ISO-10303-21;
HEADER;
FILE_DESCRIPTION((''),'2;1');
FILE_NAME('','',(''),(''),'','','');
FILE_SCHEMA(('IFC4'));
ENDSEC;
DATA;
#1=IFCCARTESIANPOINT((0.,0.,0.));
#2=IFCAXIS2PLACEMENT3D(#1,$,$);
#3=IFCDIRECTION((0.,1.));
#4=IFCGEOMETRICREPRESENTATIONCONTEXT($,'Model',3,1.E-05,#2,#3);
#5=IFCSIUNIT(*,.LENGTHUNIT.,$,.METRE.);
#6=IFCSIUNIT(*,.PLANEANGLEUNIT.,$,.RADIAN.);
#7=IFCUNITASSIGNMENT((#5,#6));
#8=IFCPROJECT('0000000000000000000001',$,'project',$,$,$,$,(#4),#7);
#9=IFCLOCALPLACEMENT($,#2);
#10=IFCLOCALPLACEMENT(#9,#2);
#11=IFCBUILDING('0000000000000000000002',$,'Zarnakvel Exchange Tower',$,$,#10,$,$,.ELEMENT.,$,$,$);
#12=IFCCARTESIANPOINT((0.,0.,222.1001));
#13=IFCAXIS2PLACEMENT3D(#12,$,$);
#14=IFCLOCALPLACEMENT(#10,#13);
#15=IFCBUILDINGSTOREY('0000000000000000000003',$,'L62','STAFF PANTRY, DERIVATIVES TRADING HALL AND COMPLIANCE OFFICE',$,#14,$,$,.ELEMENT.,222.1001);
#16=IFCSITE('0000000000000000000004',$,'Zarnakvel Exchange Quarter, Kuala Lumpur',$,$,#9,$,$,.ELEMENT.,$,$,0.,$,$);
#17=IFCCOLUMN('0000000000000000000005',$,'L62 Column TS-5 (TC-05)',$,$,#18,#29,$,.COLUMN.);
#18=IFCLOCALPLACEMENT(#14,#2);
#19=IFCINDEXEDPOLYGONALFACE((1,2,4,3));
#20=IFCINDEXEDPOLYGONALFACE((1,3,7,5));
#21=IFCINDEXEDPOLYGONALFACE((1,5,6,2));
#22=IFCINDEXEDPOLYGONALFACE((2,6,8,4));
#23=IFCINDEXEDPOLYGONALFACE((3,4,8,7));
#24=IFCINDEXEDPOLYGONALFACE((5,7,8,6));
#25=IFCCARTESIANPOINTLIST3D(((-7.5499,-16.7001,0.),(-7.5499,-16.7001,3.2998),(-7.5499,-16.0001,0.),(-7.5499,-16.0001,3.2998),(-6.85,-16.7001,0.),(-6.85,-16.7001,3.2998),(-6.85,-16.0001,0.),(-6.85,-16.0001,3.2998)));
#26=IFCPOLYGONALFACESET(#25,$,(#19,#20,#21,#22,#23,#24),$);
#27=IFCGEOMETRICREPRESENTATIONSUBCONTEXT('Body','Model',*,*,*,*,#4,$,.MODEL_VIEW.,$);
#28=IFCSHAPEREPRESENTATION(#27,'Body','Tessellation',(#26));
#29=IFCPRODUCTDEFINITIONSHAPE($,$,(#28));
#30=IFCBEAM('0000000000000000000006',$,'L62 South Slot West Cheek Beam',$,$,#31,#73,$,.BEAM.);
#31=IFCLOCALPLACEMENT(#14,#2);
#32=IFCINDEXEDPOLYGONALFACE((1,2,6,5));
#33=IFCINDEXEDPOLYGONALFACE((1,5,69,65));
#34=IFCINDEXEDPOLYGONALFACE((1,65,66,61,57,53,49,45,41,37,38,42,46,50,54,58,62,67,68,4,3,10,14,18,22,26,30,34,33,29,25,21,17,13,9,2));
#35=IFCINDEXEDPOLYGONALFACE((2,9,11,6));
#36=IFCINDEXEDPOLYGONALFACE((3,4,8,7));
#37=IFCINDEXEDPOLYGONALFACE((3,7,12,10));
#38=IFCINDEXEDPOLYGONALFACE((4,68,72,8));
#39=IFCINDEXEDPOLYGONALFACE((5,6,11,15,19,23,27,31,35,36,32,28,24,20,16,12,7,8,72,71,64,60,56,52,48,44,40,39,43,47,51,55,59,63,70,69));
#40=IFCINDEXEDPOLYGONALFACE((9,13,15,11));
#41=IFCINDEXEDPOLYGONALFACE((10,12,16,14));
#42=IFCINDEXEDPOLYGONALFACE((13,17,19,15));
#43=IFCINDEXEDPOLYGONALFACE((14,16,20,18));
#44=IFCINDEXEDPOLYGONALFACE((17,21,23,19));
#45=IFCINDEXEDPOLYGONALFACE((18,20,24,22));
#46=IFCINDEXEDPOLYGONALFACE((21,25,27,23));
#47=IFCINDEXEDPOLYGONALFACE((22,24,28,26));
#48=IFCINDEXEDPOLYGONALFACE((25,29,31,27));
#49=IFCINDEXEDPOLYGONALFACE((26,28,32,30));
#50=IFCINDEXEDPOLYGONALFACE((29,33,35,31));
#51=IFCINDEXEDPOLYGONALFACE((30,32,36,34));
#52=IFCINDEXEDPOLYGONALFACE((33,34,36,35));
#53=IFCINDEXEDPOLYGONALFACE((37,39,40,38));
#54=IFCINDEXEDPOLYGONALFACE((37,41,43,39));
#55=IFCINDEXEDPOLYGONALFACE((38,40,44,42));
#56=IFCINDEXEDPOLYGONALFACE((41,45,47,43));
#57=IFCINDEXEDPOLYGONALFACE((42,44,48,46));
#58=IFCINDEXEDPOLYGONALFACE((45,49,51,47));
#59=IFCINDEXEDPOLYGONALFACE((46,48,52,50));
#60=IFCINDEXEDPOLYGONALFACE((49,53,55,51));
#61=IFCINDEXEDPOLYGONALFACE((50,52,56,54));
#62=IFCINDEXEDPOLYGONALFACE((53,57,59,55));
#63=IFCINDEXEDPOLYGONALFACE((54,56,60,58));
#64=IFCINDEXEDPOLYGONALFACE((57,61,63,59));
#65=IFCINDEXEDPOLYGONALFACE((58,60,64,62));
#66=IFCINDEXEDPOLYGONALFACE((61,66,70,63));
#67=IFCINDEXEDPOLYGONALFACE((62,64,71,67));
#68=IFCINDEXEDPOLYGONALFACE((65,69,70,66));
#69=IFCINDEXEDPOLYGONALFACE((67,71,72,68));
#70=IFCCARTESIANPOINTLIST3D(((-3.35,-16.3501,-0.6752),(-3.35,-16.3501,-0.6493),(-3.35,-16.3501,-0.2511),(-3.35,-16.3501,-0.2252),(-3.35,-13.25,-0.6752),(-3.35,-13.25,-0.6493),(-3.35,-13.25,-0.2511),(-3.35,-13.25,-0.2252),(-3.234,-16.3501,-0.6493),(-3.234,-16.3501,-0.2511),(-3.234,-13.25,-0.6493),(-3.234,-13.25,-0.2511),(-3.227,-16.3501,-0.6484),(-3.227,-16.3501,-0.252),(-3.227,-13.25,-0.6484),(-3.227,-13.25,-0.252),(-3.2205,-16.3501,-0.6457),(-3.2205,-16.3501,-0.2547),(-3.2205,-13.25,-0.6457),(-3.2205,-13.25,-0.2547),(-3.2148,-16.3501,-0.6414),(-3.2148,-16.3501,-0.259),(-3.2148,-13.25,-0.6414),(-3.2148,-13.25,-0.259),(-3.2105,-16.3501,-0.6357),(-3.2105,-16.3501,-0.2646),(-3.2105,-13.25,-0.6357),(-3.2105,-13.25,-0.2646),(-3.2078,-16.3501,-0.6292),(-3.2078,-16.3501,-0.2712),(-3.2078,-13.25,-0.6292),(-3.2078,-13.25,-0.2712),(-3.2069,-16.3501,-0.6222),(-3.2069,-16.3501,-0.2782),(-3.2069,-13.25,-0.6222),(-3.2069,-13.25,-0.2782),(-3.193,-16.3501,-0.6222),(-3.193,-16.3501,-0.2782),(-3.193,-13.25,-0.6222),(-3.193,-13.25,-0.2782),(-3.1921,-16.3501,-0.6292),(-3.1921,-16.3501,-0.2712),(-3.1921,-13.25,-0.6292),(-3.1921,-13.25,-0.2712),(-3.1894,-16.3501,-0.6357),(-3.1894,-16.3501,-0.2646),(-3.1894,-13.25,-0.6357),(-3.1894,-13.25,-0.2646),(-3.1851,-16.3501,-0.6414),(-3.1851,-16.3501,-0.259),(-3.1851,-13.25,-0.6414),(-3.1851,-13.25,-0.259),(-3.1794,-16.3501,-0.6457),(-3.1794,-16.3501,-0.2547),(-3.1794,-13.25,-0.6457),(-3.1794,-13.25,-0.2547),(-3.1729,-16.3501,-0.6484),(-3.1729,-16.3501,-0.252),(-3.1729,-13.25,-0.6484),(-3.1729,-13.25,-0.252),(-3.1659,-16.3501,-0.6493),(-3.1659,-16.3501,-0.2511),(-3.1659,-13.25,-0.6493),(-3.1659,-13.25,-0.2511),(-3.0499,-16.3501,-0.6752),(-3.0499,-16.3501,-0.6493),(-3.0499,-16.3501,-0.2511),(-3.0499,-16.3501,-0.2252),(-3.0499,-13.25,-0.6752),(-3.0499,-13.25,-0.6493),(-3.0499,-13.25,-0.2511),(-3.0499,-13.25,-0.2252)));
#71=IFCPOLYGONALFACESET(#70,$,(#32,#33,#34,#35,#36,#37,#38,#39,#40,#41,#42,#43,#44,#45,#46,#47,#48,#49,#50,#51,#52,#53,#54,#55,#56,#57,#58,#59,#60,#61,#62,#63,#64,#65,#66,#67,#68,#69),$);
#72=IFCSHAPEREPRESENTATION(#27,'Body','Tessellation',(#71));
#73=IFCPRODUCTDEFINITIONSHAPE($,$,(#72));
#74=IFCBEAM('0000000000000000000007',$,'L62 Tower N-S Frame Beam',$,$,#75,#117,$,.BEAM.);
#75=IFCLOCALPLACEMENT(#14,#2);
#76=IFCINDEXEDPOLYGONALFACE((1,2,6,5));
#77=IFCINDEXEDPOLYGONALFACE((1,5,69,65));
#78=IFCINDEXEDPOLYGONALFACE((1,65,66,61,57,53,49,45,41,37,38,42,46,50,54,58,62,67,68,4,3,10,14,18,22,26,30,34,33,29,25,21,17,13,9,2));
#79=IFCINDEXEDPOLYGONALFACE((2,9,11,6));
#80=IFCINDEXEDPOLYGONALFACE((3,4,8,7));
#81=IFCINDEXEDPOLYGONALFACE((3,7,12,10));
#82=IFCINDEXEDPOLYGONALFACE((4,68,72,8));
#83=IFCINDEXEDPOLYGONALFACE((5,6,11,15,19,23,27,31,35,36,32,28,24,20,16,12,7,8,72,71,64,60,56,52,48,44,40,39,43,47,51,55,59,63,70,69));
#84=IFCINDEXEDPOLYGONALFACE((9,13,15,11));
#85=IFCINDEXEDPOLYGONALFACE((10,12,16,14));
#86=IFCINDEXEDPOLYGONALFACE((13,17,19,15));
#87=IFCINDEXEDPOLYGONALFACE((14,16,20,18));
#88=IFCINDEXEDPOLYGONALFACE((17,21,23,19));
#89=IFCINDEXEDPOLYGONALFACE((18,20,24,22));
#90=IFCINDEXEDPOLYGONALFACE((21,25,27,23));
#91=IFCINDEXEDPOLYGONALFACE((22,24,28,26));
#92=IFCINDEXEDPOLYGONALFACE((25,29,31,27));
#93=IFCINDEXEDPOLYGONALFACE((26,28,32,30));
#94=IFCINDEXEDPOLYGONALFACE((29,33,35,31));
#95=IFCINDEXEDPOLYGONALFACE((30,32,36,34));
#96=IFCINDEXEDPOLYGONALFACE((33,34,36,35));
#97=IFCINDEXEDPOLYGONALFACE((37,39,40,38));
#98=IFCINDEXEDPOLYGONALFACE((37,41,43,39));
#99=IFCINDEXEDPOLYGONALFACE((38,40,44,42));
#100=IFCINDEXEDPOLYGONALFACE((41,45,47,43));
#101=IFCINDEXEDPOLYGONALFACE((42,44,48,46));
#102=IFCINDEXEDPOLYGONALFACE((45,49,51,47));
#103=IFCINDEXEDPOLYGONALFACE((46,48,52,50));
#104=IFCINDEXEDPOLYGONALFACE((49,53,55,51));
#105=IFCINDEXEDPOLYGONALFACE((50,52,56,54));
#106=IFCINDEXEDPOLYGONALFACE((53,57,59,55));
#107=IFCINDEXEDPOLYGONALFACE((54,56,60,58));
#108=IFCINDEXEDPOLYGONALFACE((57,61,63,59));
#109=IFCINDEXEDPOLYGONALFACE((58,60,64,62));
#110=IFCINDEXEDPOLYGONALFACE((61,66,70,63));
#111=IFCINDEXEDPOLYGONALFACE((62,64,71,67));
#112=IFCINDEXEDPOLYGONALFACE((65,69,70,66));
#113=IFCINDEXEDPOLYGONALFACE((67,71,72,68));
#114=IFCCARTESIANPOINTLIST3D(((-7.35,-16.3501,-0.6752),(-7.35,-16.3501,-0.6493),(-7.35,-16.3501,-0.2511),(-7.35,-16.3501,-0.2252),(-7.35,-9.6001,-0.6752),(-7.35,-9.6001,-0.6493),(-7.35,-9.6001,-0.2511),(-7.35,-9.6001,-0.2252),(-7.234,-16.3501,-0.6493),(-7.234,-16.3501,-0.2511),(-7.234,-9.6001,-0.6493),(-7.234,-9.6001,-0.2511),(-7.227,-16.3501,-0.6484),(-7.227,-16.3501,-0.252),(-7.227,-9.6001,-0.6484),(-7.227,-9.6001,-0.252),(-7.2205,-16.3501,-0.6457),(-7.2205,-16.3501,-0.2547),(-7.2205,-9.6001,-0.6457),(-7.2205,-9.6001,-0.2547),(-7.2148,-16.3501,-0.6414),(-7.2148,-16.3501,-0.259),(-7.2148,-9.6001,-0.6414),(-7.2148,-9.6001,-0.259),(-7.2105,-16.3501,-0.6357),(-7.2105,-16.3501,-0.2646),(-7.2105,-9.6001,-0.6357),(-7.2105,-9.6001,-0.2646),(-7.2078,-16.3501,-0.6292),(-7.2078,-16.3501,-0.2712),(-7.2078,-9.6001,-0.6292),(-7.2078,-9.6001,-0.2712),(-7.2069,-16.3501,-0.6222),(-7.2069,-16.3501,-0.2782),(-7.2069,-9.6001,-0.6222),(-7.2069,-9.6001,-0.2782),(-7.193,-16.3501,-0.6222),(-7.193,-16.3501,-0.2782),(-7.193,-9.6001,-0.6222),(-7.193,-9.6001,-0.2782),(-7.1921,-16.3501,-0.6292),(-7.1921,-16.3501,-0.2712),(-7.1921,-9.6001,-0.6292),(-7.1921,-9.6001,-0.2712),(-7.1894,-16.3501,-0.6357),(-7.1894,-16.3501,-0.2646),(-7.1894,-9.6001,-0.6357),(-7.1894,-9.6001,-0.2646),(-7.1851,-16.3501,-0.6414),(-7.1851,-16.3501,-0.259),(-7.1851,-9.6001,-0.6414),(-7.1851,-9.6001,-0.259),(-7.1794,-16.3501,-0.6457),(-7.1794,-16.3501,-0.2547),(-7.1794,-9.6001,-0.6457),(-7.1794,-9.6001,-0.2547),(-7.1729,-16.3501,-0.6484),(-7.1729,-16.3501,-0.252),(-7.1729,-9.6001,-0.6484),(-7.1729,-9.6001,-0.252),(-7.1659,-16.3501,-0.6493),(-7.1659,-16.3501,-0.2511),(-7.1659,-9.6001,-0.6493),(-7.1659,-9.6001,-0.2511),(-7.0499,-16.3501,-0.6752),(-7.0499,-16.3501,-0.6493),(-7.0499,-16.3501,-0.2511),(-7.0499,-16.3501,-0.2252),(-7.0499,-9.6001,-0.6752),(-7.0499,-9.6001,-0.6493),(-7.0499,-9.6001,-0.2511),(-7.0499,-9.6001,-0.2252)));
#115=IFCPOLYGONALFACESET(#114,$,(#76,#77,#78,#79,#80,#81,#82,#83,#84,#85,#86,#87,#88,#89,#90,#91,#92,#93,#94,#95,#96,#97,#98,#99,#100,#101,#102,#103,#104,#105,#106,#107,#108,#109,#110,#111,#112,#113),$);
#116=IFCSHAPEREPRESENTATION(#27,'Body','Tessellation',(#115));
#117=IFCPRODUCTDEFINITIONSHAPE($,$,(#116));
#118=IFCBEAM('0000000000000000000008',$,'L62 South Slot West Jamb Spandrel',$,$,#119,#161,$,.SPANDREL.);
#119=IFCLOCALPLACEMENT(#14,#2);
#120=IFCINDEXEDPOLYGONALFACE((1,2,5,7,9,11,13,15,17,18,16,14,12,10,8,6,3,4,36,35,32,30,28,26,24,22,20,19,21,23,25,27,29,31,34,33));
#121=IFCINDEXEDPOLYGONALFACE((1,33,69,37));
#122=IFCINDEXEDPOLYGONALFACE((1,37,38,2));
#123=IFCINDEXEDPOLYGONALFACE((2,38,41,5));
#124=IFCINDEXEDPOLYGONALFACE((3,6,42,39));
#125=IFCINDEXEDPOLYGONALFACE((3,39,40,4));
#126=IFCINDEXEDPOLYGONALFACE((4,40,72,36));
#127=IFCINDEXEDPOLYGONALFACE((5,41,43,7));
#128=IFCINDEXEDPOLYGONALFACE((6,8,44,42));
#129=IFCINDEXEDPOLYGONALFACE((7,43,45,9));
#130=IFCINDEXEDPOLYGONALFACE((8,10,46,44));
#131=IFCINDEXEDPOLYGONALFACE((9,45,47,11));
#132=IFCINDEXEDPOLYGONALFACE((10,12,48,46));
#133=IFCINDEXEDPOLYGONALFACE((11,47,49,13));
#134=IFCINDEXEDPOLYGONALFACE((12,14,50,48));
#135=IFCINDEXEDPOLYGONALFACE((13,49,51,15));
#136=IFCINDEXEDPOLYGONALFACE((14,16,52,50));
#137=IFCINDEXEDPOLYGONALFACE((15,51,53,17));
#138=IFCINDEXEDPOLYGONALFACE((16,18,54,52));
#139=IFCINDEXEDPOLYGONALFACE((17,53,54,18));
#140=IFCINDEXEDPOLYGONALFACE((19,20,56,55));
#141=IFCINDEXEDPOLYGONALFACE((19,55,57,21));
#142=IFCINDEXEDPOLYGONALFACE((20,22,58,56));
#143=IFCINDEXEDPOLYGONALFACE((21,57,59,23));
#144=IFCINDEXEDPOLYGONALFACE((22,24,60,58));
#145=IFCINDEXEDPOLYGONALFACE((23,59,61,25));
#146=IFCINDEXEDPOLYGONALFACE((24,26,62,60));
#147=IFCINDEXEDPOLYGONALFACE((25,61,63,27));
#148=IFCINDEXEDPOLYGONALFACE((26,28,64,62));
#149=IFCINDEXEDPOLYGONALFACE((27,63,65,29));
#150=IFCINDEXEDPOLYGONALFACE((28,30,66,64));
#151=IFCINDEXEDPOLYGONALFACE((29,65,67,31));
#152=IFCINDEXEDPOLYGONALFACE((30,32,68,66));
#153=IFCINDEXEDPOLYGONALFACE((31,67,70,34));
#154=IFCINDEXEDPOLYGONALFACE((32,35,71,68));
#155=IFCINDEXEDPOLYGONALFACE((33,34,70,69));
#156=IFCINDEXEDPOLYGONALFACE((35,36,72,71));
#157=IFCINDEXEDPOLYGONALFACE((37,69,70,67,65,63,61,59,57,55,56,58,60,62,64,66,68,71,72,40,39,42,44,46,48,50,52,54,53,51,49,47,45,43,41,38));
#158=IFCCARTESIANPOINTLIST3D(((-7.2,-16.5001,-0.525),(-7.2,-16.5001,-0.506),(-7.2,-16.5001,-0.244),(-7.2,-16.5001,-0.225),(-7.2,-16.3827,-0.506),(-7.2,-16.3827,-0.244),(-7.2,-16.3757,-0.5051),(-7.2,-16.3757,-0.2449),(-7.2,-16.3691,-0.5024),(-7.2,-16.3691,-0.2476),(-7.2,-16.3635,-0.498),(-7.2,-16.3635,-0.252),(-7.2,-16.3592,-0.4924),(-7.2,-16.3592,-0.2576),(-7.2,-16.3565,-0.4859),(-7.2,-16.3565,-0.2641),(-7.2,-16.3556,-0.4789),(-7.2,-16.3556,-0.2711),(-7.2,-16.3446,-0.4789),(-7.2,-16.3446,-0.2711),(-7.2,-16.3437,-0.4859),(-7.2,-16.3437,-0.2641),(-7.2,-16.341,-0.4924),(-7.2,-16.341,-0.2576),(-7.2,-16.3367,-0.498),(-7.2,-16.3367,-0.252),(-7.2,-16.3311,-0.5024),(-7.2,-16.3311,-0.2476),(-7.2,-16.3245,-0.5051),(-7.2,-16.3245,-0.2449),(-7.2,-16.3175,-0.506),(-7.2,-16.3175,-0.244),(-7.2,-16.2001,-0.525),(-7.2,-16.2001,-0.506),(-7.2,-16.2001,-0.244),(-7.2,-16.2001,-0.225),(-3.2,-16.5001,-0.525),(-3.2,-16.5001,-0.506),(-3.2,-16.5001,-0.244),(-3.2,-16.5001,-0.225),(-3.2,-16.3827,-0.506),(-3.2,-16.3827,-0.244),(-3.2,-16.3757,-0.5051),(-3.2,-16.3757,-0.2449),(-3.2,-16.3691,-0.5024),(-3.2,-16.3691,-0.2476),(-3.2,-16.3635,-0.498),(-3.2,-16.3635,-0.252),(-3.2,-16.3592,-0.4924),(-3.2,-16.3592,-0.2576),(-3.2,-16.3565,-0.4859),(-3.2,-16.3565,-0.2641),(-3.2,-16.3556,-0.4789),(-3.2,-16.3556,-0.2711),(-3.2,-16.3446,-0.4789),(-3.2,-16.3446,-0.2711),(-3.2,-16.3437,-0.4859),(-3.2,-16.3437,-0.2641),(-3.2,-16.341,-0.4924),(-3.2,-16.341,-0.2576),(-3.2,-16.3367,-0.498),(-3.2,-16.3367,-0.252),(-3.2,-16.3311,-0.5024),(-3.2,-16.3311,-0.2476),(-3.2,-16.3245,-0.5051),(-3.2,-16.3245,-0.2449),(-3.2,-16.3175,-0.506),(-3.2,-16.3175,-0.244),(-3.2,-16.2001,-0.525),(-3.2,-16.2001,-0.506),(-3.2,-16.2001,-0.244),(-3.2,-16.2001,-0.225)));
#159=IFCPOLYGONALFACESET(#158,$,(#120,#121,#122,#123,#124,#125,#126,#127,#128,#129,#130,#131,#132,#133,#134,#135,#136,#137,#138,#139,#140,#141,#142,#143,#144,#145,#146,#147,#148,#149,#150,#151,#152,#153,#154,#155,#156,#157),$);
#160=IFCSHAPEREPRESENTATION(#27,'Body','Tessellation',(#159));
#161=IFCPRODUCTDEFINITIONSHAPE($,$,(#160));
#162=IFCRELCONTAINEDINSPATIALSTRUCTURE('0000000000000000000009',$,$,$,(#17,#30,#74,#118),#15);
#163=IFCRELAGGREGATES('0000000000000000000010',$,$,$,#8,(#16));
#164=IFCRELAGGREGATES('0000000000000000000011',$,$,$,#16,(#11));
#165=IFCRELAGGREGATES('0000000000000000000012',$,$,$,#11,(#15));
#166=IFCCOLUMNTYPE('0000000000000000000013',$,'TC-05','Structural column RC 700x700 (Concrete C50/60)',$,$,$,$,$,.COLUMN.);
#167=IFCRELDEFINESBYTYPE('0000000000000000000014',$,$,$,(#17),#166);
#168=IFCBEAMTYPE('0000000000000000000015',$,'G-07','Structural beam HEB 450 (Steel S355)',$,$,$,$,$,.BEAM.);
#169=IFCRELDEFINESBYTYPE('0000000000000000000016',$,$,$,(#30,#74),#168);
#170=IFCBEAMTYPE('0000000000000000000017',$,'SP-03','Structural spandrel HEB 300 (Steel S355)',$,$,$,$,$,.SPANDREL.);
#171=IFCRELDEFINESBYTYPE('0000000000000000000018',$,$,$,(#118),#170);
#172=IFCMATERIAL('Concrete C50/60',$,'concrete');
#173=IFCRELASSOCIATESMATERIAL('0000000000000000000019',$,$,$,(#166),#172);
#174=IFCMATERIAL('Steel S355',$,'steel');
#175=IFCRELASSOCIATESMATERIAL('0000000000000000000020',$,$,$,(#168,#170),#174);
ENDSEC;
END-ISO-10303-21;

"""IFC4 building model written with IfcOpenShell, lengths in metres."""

from ifc_helpers import new_model, si_unit, direction, frame, origin, origin_2d, place, context, subcontext, project, spatial, rectangle, i_section, extrude, material, material_profile, profile_set, type_object, element, save


model = new_model("IFC4")

# Units and contexts
model_context = context("Model", 3, precision=1e-05, world=origin(), true_north=direction((0.0, 1.0)))
body_context = subcontext(model_context, "Body", "Model", "MODEL_VIEW")
ifc_project = project(units=[si_unit("LENGTHUNIT", "METRE"), si_unit("PLANEANGLEUNIT", "RADIAN")], contexts=[model_context])

# Site, building, storey
site_placement = place(None, origin())
site = spatial("IfcSite", under=ifc_project, at=site_placement, Name="Zarnakvel Exchange Quarter, Kuala Lumpur", CompositionType="ELEMENT", RefElevation=0.0)
building_placement = place(site_placement, origin())
building = spatial("IfcBuilding", under=site, at=building_placement, Name="Zarnakvel Exchange Tower", CompositionType="ELEMENT")
storey_placement = place(building_placement, frame((0.0, 0.0, 222.1001)))
storey = spatial("IfcBuildingStorey", under=building, at=storey_placement, Name="L62", Description="STAFF PANTRY, DERIVATIVES TRADING HALL AND COMPLIANCE OFFICE", CompositionType="ELEMENT", Elevation=222.1001)

# Column
ifc_material_1 = material(Name="Concrete C50/60", Category="concrete")
ifc_material_profile_1 = material_profile(ifc_material_1, rectangle(XDim=0.7, YDim=0.7, at=origin_2d()))
ifc_profile_set_1 = profile_set([ifc_material_profile_1], Name="Concrete C50/60")
column_type = type_object("IfcColumnType", Name="TC-05", Description="Structural column RC 700x700 (Concrete C50/60)", PredefinedType="COLUMN", material=ifc_profile_set_1)
column_placement = place(storey_placement, frame((-7.2, -16.3501, 0.0), z_axis=(0.0, 0.0, 1.0), x_axis=(1.0, 0.0, 0.0)))
element("IfcColumn", 1, at=column_placement, inside=storey, type_object=column_type, Name="L62 Column TS-5 (TC-05)", PredefinedType="COLUMN", context=body_context, shape_type="SweptSolid", body=[
    extrude(rectangle(XDim=0.7, YDim=0.7, at=origin_2d()), origin(), (0.0, 0.0, 1.0), 3.2998),
])

# Beams
ifc_material_2 = material(Name="Steel S355", Category="steel")
ifc_material_profile_2 = material_profile(ifc_material_2, i_section(OverallWidth=0.3, OverallDepth=0.45, WebThickness=0.0139, FlangeThickness=0.0259, FilletRadius=0.0271, at=origin_2d()))
ifc_profile_set_2 = profile_set([ifc_material_profile_2], Name="Steel S355")
beam_type_1 = type_object("IfcBeamType", Name="G-07", Description="Structural beam HEB 450 (Steel S355)", PredefinedType="BEAM", material=ifc_profile_set_2)
beam_1_placement = place(storey_placement, frame((-3.2, -16.3501, -0.4502), z_axis=(0.0, 1.0, 0.0), x_axis=(-1.0, 0.0, 0.0)))
element("IfcBeam", 2, at=beam_1_placement, inside=storey, type_object=beam_type_1, Name="L62 South Slot West Cheek Beam", PredefinedType="BEAM", context=body_context, shape_type="SweptSolid", body=[
    extrude(i_section(OverallWidth=0.3, OverallDepth=0.45, WebThickness=0.0139, FlangeThickness=0.0259, FilletRadius=0.0271, at=origin_2d()), origin(), (0.0, 0.0, 1.0), 3.1001),
])
beam_2_placement = place(storey_placement, frame((-7.2, -16.3501, -0.4502), z_axis=(0.0, 1.0, 0.0), x_axis=(-1.0, 0.0, 0.0)))
element("IfcBeam", 3, at=beam_2_placement, inside=storey, type_object=beam_type_1, Name="L62 Tower N-S Frame Beam", PredefinedType="BEAM", context=body_context, shape_type="SweptSolid", body=[
    extrude(i_section(OverallWidth=0.3, OverallDepth=0.45, WebThickness=0.0139, FlangeThickness=0.0259, FilletRadius=0.0271, at=origin_2d()), origin(), (0.0, 0.0, 1.0), 6.75),
])
ifc_material_profile_3 = material_profile(ifc_material_2, i_section(OverallWidth=0.3, OverallDepth=0.3, WebThickness=0.011, FlangeThickness=0.019, FilletRadius=0.0271, at=origin_2d()))
ifc_profile_set_3 = profile_set([ifc_material_profile_3], Name="Steel S355")
beam_type_2 = type_object("IfcBeamType", Name="SP-03", Description="Structural spandrel HEB 300 (Steel S355)", PredefinedType="SPANDREL", material=ifc_profile_set_3)
beam_3_placement = place(storey_placement, frame((-7.2, -16.3501, -0.375), z_axis=(1.0, 0.0, 0.0), x_axis=(0.0, 1.0, 0.0)))
element("IfcBeam", 4, at=beam_3_placement, inside=storey, type_object=beam_type_2, Name="L62 South Slot West Jamb Spandrel", PredefinedType="SPANDREL", context=body_context, shape_type="SweptSolid", body=[
    extrude(i_section(OverallWidth=0.3, OverallDepth=0.3, WebThickness=0.011, FlangeThickness=0.019, FilletRadius=0.0271, at=origin_2d()), origin(), (0.0, 0.0, 1.0), 4.0),
])

save(model, "model.ifc")
